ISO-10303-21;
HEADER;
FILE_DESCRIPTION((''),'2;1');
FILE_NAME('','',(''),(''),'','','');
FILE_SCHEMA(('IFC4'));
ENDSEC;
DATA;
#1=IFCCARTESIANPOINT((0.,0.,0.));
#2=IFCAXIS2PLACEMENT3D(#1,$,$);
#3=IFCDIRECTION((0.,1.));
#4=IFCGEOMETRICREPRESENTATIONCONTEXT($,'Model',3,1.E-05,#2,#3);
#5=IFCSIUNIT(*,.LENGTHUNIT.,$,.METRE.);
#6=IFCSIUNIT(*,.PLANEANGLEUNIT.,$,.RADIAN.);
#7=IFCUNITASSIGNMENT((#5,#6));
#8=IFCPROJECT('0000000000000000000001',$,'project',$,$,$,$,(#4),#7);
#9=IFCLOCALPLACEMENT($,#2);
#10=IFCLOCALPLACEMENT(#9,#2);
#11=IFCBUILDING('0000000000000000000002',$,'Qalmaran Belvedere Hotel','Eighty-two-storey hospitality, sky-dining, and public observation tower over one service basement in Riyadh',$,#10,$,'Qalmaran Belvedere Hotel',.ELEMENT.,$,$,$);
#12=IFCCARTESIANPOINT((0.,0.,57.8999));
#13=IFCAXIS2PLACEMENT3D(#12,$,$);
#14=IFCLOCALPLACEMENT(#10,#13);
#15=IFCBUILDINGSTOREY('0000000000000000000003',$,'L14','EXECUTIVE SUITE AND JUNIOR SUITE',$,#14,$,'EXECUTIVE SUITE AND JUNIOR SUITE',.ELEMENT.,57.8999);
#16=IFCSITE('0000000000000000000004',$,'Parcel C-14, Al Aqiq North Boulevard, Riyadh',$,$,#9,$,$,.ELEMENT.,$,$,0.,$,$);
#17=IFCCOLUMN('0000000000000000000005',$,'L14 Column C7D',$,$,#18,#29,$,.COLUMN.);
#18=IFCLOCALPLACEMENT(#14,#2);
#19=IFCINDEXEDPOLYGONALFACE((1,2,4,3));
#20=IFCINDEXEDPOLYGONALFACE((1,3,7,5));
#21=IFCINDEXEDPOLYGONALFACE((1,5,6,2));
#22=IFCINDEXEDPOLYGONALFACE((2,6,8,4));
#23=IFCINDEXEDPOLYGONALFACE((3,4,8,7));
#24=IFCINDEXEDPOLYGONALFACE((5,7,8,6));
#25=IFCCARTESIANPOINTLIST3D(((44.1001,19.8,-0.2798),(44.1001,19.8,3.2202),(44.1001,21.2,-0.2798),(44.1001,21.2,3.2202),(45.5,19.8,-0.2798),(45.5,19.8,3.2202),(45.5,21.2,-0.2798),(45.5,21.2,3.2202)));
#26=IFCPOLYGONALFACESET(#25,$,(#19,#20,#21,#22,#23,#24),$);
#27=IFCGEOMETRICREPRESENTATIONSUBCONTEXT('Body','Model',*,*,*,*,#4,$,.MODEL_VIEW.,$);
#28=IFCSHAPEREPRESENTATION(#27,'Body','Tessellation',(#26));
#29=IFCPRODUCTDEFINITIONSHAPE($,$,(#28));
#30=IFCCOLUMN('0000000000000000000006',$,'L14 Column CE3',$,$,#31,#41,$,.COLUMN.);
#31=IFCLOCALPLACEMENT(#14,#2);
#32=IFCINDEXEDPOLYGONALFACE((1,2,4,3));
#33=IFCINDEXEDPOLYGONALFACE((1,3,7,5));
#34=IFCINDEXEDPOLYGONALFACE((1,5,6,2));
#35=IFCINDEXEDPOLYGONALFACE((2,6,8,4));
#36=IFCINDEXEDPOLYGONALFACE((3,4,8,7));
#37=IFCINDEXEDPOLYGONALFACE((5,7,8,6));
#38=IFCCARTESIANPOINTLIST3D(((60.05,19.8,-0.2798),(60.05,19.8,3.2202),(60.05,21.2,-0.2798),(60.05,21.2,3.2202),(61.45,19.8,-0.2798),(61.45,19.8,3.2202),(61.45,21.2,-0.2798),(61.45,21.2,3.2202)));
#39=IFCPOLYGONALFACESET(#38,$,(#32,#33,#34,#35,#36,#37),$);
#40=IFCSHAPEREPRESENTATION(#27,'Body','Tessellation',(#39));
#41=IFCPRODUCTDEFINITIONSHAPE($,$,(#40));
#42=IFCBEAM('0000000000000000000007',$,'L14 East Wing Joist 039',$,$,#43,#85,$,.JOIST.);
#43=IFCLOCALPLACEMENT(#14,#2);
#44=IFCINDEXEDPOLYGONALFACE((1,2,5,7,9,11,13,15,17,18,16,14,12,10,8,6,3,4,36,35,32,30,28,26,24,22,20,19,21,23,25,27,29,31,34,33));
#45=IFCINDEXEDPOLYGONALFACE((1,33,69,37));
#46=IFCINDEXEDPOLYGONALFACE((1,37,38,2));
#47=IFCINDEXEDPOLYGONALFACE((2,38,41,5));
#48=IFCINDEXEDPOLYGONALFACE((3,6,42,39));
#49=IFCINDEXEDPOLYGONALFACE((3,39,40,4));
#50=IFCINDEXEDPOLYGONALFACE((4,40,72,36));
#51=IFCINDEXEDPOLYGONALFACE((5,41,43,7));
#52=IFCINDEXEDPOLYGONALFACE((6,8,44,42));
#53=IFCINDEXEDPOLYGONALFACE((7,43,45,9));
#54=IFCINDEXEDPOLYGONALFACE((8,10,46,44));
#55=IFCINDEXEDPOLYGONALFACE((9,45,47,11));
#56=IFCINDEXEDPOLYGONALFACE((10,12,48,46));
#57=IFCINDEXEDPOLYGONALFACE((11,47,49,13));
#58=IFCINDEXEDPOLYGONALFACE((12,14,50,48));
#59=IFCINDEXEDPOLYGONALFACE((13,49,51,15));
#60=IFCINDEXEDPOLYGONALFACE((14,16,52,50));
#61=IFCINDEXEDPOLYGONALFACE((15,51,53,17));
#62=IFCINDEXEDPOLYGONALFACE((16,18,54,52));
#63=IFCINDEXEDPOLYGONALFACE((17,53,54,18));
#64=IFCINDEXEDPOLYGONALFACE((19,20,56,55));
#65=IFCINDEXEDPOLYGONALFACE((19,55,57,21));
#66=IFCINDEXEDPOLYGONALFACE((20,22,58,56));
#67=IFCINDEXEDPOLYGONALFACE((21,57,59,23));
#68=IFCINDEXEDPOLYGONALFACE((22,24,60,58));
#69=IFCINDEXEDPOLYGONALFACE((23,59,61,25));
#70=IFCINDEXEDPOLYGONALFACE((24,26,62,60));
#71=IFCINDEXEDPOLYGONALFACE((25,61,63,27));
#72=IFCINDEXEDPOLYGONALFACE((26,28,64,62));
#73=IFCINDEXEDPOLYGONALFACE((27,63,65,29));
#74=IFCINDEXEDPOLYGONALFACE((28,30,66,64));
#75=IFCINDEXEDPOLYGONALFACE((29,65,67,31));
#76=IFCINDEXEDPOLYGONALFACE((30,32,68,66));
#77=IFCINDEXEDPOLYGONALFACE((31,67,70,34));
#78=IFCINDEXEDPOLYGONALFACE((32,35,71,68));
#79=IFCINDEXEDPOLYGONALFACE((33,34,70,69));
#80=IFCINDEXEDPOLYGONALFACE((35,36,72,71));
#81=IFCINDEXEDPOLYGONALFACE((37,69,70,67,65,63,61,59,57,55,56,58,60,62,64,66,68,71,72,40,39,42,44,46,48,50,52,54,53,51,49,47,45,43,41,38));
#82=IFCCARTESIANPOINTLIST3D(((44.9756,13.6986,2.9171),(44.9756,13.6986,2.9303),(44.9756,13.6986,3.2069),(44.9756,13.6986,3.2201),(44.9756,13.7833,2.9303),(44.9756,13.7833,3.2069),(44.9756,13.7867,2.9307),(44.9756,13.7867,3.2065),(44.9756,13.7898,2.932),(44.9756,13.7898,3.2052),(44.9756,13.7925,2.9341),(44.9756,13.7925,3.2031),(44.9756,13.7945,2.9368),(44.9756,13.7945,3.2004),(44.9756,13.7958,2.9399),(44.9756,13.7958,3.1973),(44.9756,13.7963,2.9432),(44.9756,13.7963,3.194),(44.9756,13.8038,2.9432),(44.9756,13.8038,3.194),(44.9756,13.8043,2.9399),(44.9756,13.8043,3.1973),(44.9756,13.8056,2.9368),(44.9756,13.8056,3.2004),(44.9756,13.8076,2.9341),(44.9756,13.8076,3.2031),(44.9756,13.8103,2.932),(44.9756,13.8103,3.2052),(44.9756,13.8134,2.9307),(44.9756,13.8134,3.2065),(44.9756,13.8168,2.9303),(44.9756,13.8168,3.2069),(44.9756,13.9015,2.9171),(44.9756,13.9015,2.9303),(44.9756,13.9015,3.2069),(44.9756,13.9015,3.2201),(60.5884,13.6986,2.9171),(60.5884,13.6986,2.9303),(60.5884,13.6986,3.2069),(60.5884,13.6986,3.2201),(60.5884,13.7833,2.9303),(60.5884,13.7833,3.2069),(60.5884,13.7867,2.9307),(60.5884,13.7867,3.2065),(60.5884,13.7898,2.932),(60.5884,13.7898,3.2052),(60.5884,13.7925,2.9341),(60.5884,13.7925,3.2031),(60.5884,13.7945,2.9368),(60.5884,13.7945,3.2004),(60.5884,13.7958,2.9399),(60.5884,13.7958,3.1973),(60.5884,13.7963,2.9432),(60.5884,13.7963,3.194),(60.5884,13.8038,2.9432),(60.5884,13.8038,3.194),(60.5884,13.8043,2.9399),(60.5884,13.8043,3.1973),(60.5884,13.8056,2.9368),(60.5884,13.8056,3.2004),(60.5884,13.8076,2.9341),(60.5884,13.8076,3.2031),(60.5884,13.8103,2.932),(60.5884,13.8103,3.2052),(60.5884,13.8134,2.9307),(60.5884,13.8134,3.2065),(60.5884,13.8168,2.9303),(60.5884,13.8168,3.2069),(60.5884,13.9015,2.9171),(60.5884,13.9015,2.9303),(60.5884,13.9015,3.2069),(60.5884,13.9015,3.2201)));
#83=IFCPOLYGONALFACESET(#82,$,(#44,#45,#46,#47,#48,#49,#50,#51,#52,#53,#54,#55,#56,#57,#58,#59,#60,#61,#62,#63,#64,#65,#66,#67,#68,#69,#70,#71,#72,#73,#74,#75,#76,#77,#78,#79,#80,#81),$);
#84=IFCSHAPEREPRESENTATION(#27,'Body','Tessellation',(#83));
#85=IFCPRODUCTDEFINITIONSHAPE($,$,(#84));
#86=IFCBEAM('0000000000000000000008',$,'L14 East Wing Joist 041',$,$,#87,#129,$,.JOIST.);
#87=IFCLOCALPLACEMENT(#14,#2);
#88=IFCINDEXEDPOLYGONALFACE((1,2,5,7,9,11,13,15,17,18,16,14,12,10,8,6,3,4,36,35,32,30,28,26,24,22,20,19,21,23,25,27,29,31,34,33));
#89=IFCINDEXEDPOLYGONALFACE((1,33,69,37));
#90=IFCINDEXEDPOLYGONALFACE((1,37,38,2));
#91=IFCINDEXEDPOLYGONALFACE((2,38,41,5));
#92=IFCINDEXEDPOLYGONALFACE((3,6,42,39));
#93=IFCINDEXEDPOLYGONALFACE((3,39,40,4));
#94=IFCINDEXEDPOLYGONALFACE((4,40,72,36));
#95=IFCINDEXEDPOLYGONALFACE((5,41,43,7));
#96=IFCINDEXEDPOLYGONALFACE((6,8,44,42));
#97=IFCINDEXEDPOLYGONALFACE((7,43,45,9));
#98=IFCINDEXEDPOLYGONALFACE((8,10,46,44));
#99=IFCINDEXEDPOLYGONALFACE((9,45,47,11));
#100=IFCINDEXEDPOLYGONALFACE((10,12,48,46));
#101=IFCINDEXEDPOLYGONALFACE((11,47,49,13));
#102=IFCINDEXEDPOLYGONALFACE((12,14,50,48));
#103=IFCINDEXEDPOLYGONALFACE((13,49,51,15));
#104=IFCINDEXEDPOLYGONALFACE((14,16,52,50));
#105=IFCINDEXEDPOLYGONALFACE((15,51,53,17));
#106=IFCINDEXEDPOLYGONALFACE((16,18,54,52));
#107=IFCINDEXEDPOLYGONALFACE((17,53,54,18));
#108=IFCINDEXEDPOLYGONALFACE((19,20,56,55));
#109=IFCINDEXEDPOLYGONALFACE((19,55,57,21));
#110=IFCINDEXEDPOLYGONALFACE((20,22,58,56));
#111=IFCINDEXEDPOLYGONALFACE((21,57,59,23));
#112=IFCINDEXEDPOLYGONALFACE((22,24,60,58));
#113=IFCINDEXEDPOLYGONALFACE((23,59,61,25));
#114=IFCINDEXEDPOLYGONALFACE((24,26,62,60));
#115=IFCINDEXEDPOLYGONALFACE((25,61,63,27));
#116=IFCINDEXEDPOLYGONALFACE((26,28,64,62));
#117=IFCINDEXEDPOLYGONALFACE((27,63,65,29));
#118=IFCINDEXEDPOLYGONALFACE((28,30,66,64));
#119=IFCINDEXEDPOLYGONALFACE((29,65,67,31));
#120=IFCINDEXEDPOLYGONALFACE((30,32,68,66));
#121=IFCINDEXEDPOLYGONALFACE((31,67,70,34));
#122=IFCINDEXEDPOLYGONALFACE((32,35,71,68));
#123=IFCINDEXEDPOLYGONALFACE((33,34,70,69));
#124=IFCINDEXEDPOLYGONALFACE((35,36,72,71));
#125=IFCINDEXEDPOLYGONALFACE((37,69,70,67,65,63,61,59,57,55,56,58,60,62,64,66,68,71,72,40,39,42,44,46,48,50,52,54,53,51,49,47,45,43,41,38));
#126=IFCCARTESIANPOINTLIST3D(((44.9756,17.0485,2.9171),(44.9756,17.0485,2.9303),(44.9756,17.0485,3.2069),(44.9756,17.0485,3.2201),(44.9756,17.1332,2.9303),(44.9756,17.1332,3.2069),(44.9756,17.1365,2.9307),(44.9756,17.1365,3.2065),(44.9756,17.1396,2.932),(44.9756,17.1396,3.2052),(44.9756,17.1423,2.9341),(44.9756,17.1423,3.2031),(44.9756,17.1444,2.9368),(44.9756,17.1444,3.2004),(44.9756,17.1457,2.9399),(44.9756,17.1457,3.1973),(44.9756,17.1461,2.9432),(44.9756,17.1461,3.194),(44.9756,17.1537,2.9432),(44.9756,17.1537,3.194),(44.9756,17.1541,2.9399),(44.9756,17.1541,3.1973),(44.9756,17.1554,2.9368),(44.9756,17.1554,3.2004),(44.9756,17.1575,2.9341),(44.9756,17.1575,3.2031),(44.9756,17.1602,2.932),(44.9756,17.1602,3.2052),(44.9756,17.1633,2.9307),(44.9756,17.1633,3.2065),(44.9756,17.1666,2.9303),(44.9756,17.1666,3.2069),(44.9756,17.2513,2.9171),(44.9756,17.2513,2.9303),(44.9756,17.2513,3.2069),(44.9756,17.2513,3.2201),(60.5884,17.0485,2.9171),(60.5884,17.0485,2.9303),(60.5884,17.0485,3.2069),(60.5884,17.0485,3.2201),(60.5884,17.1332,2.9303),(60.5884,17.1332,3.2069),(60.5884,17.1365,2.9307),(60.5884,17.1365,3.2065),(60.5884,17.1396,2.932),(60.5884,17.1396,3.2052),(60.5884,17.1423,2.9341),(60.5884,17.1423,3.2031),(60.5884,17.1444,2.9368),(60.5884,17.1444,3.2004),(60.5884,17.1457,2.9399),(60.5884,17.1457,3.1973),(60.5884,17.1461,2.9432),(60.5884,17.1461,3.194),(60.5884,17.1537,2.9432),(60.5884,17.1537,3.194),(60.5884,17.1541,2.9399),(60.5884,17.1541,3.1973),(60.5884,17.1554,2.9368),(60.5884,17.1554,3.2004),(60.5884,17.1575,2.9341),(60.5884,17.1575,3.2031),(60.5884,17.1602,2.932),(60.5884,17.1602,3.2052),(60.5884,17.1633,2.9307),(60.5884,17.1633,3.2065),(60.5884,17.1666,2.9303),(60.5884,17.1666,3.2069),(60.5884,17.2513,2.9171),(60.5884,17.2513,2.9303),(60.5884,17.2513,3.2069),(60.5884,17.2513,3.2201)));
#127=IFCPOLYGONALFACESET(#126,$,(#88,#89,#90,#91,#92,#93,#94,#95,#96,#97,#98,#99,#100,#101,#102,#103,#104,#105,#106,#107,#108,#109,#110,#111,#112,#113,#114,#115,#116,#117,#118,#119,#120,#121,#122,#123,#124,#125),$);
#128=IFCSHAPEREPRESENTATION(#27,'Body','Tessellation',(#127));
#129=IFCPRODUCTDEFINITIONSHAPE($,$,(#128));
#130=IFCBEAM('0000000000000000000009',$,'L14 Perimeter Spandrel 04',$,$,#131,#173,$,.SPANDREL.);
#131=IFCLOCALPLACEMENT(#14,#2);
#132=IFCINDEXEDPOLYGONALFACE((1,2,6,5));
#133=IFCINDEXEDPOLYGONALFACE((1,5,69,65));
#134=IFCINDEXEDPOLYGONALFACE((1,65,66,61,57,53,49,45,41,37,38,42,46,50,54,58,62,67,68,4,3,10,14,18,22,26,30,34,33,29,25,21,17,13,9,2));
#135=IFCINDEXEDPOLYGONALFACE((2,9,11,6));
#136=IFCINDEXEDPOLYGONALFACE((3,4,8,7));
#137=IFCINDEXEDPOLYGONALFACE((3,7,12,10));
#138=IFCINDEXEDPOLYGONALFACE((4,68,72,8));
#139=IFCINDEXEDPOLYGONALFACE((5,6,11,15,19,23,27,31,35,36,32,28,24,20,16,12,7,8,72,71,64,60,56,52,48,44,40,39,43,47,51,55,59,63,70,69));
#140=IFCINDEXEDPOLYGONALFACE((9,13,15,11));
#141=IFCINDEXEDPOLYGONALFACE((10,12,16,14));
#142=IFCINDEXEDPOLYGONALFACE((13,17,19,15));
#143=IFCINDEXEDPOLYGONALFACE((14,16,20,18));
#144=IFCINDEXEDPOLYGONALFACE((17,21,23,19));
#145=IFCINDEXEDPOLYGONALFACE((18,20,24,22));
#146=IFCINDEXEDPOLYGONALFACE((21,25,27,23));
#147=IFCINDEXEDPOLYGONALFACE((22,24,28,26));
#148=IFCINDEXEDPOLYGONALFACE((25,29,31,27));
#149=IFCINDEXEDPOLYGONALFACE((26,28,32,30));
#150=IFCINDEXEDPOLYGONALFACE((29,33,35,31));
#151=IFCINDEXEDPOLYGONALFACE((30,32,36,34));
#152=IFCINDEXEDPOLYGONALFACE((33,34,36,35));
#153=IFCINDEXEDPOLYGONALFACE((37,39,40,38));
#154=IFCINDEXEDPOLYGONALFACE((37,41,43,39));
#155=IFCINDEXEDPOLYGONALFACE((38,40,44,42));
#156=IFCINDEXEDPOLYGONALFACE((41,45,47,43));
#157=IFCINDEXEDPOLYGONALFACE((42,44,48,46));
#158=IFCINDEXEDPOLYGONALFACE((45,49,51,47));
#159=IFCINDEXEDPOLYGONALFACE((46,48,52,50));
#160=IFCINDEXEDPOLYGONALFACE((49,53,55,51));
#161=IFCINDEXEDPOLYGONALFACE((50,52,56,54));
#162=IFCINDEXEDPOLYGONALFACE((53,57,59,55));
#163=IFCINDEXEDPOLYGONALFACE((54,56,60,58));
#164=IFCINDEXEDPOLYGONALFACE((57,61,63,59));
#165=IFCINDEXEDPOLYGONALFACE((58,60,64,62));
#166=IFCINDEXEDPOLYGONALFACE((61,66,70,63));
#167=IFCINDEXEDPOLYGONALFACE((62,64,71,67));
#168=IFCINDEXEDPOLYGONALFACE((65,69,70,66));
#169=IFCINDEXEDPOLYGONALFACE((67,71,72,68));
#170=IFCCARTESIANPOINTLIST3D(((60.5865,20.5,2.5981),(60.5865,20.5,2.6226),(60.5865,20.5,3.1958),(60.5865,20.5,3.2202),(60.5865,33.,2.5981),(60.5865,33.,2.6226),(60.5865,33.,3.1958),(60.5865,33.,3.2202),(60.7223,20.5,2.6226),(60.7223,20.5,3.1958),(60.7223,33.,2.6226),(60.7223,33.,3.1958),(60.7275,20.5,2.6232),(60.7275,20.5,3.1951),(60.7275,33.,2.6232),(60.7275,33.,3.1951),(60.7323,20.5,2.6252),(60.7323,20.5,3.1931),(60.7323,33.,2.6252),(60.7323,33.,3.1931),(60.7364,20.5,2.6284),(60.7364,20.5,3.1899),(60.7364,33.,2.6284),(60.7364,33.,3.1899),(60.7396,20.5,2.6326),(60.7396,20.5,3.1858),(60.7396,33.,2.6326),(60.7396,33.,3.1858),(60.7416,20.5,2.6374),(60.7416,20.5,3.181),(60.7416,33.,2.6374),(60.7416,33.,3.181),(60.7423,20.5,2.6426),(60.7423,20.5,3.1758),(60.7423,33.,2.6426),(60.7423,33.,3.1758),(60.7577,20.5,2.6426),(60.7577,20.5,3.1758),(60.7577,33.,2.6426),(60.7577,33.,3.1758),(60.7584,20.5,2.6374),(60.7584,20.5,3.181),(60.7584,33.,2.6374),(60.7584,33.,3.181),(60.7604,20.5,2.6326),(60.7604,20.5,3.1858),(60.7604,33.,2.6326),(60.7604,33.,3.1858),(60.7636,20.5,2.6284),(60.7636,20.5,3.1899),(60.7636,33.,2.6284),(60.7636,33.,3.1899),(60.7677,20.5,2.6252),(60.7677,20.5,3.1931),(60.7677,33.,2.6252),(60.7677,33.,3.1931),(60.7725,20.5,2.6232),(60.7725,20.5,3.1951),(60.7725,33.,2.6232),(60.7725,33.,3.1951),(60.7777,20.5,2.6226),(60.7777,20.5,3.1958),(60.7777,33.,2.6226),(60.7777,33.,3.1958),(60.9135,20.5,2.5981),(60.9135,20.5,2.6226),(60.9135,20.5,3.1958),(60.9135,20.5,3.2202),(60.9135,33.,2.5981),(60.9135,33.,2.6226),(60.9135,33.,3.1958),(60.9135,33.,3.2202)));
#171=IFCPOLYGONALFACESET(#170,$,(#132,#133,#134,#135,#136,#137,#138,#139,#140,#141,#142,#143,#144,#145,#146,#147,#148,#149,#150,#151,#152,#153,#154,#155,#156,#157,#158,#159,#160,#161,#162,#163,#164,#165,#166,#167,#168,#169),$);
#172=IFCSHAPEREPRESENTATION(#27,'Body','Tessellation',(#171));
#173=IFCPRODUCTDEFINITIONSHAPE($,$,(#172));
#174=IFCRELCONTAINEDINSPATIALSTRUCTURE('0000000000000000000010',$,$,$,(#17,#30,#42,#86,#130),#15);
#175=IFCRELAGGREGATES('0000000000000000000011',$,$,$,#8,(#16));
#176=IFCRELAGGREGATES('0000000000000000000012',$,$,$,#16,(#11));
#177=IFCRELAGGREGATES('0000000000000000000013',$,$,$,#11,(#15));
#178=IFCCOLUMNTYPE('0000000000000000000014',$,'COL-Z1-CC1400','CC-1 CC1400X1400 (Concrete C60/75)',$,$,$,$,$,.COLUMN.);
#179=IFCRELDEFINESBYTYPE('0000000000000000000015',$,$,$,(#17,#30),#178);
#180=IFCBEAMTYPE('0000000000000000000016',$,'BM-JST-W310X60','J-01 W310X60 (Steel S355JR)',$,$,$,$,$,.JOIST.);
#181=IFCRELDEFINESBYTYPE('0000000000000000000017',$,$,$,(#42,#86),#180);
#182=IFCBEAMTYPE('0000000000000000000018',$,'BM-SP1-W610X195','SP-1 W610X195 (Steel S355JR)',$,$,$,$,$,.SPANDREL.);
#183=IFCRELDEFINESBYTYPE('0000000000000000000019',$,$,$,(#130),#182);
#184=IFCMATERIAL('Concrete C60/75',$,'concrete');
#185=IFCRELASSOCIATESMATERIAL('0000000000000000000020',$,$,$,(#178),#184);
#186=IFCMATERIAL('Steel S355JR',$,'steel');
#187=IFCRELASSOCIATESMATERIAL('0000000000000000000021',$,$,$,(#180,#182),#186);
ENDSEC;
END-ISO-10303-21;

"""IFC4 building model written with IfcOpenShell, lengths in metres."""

from ifc_helpers import new_model, si_unit, direction, frame, origin, origin_2d, place, context, subcontext, project, spatial, rectangle, i_section, extrude, material, material_profile, profile_set, type_object, element, save


model = new_model("IFC4")

# Units and contexts
model_context = context("Model", 3, precision=1e-05, world=origin(), true_north=direction((0.0, 1.0)))
body_context = subcontext(model_context, "Body", "Model", "MODEL_VIEW")
ifc_project = project(units=[si_unit("LENGTHUNIT", "METRE"), si_unit("PLANEANGLEUNIT", "RADIAN")], contexts=[model_context])

# Site, building, storey
site_placement = place(None, origin())
site = spatial("IfcSite", under=ifc_project, at=site_placement, Name="Parcel C-14, Al Aqiq North Boulevard, Riyadh", CompositionType="ELEMENT", RefElevation=0.0)
building_placement = place(site_placement, origin())
building = spatial("IfcBuilding", under=site, at=building_placement, Name="Qalmaran Belvedere Hotel", Description="Eighty-two-storey hospitality, sky-dining, and public observation tower over one service basement in Riyadh", LongName="Qalmaran Belvedere Hotel", CompositionType="ELEMENT")
storey_placement = place(building_placement, frame((0.0, 0.0, 57.8999)))
storey = spatial("IfcBuildingStorey", under=building, at=storey_placement, Name="L14", Description="EXECUTIVE SUITE AND JUNIOR SUITE", LongName="EXECUTIVE SUITE AND JUNIOR SUITE", CompositionType="ELEMENT", Elevation=57.8999)

# Columns
ifc_material_1 = material(Name="Concrete C60/75", Category="concrete")
ifc_material_profile_1 = material_profile(ifc_material_1, rectangle(XDim=1.3999, YDim=1.3999, at=origin_2d()), Name="CC1400X1400")
ifc_profile_set_1 = profile_set([ifc_material_profile_1], Name="Concrete C60/75")
column_type = type_object("IfcColumnType", Name="COL-Z1-CC1400", Description="CC-1 CC1400X1400 (Concrete C60/75)", PredefinedType="COLUMN", material=ifc_profile_set_1)
for number, where, z_axis, x_axis, name in (
    (1, (44.8, 20.5, -0.2798), (0.0, 0.0, 1.0), (1.0, 0.0, 0.0), "L14 Column C7D"),
    (2, (60.75, 20.5, -0.2798), (0.0, 0.0, 1.0), (1.0, 0.0, 0.0), "L14 Column CE3"),
):
    element("IfcColumn", number, at=place(storey_placement, frame(where, z_axis=z_axis, x_axis=x_axis)), inside=storey, type_object=column_type, Name=name, PredefinedType="COLUMN", context=body_context, shape_type="SweptSolid", body=[
        extrude(rectangle(XDim=1.3999, YDim=1.3999, at=origin_2d()), origin(), (0.0, 0.0, 1.0), 3.5),
    ])

# Beams
ifc_material_2 = material(Name="Steel S355JR", Category="steel")
ifc_material_profile_2 = material_profile(ifc_material_2, i_section(OverallWidth=0.2029, OverallDepth=0.303, WebThickness=0.0076, FlangeThickness=0.0132, FilletRadius=0.0129, at=origin_2d()), Name="W310X60")
ifc_profile_set_2 = profile_set([ifc_material_profile_2], Name="Steel S355JR")
beam_type_1 = type_object("IfcBeamType", Name="BM-JST-W310X60", Description="J-01 W310X60 (Steel S355JR)", PredefinedType="JOIST", material=ifc_profile_set_2)
for number, where, z_axis, x_axis, name in (
    (3, (44.9756, 13.8, 3.0686), (1.0, 0.0, 0.0), (0.0, 1.0, 0.0), "L14 East Wing Joist 039"),
    (4, (44.9756, 17.1499, 3.0686), (1.0, 0.0, 0.0), (0.0, 1.0, 0.0), "L14 East Wing Joist 041"),
):
    element("IfcBeam", number, at=place(storey_placement, frame(where, z_axis=z_axis, x_axis=x_axis)), inside=storey, type_object=beam_type_1, Name=name, PredefinedType="JOIST", context=body_context, shape_type="SweptSolid", body=[
        extrude(i_section(OverallWidth=0.2029, OverallDepth=0.303, WebThickness=0.0076, FlangeThickness=0.0132, FilletRadius=0.0129, at=origin_2d()), origin(), (0.0, 0.0, 1.0), 15.6128),
    ])
ifc_material_profile_3 = material_profile(ifc_material_2, i_section(OverallWidth=0.3269, OverallDepth=0.6221, WebThickness=0.0154, FlangeThickness=0.0244, FilletRadius=0.02, at=origin_2d()), Name="W610X195")
ifc_profile_set_3 = profile_set([ifc_material_profile_3], Name="Steel S355JR")
beam_type_2 = type_object("IfcBeamType", Name="BM-SP1-W610X195", Description="SP-1 W610X195 (Steel S355JR)", PredefinedType="SPANDREL", material=ifc_profile_set_3)
beam_1_placement = place(storey_placement, frame((60.75, 20.5, 2.9092), z_axis=(0.0, 1.0, 0.0), x_axis=(-1.0, 0.0, 0.0)))
element("IfcBeam", 5, at=beam_1_placement, inside=storey, type_object=beam_type_2, Name="L14 Perimeter Spandrel 04", PredefinedType="SPANDREL", context=body_context, shape_type="SweptSolid", body=[
    extrude(i_section(OverallWidth=0.3269, OverallDepth=0.6221, WebThickness=0.0154, FlangeThickness=0.0244, FilletRadius=0.02, at=origin_2d()), origin(), (0.0, 0.0, 1.0), 12.5),
])

save(model, "model.ifc")
